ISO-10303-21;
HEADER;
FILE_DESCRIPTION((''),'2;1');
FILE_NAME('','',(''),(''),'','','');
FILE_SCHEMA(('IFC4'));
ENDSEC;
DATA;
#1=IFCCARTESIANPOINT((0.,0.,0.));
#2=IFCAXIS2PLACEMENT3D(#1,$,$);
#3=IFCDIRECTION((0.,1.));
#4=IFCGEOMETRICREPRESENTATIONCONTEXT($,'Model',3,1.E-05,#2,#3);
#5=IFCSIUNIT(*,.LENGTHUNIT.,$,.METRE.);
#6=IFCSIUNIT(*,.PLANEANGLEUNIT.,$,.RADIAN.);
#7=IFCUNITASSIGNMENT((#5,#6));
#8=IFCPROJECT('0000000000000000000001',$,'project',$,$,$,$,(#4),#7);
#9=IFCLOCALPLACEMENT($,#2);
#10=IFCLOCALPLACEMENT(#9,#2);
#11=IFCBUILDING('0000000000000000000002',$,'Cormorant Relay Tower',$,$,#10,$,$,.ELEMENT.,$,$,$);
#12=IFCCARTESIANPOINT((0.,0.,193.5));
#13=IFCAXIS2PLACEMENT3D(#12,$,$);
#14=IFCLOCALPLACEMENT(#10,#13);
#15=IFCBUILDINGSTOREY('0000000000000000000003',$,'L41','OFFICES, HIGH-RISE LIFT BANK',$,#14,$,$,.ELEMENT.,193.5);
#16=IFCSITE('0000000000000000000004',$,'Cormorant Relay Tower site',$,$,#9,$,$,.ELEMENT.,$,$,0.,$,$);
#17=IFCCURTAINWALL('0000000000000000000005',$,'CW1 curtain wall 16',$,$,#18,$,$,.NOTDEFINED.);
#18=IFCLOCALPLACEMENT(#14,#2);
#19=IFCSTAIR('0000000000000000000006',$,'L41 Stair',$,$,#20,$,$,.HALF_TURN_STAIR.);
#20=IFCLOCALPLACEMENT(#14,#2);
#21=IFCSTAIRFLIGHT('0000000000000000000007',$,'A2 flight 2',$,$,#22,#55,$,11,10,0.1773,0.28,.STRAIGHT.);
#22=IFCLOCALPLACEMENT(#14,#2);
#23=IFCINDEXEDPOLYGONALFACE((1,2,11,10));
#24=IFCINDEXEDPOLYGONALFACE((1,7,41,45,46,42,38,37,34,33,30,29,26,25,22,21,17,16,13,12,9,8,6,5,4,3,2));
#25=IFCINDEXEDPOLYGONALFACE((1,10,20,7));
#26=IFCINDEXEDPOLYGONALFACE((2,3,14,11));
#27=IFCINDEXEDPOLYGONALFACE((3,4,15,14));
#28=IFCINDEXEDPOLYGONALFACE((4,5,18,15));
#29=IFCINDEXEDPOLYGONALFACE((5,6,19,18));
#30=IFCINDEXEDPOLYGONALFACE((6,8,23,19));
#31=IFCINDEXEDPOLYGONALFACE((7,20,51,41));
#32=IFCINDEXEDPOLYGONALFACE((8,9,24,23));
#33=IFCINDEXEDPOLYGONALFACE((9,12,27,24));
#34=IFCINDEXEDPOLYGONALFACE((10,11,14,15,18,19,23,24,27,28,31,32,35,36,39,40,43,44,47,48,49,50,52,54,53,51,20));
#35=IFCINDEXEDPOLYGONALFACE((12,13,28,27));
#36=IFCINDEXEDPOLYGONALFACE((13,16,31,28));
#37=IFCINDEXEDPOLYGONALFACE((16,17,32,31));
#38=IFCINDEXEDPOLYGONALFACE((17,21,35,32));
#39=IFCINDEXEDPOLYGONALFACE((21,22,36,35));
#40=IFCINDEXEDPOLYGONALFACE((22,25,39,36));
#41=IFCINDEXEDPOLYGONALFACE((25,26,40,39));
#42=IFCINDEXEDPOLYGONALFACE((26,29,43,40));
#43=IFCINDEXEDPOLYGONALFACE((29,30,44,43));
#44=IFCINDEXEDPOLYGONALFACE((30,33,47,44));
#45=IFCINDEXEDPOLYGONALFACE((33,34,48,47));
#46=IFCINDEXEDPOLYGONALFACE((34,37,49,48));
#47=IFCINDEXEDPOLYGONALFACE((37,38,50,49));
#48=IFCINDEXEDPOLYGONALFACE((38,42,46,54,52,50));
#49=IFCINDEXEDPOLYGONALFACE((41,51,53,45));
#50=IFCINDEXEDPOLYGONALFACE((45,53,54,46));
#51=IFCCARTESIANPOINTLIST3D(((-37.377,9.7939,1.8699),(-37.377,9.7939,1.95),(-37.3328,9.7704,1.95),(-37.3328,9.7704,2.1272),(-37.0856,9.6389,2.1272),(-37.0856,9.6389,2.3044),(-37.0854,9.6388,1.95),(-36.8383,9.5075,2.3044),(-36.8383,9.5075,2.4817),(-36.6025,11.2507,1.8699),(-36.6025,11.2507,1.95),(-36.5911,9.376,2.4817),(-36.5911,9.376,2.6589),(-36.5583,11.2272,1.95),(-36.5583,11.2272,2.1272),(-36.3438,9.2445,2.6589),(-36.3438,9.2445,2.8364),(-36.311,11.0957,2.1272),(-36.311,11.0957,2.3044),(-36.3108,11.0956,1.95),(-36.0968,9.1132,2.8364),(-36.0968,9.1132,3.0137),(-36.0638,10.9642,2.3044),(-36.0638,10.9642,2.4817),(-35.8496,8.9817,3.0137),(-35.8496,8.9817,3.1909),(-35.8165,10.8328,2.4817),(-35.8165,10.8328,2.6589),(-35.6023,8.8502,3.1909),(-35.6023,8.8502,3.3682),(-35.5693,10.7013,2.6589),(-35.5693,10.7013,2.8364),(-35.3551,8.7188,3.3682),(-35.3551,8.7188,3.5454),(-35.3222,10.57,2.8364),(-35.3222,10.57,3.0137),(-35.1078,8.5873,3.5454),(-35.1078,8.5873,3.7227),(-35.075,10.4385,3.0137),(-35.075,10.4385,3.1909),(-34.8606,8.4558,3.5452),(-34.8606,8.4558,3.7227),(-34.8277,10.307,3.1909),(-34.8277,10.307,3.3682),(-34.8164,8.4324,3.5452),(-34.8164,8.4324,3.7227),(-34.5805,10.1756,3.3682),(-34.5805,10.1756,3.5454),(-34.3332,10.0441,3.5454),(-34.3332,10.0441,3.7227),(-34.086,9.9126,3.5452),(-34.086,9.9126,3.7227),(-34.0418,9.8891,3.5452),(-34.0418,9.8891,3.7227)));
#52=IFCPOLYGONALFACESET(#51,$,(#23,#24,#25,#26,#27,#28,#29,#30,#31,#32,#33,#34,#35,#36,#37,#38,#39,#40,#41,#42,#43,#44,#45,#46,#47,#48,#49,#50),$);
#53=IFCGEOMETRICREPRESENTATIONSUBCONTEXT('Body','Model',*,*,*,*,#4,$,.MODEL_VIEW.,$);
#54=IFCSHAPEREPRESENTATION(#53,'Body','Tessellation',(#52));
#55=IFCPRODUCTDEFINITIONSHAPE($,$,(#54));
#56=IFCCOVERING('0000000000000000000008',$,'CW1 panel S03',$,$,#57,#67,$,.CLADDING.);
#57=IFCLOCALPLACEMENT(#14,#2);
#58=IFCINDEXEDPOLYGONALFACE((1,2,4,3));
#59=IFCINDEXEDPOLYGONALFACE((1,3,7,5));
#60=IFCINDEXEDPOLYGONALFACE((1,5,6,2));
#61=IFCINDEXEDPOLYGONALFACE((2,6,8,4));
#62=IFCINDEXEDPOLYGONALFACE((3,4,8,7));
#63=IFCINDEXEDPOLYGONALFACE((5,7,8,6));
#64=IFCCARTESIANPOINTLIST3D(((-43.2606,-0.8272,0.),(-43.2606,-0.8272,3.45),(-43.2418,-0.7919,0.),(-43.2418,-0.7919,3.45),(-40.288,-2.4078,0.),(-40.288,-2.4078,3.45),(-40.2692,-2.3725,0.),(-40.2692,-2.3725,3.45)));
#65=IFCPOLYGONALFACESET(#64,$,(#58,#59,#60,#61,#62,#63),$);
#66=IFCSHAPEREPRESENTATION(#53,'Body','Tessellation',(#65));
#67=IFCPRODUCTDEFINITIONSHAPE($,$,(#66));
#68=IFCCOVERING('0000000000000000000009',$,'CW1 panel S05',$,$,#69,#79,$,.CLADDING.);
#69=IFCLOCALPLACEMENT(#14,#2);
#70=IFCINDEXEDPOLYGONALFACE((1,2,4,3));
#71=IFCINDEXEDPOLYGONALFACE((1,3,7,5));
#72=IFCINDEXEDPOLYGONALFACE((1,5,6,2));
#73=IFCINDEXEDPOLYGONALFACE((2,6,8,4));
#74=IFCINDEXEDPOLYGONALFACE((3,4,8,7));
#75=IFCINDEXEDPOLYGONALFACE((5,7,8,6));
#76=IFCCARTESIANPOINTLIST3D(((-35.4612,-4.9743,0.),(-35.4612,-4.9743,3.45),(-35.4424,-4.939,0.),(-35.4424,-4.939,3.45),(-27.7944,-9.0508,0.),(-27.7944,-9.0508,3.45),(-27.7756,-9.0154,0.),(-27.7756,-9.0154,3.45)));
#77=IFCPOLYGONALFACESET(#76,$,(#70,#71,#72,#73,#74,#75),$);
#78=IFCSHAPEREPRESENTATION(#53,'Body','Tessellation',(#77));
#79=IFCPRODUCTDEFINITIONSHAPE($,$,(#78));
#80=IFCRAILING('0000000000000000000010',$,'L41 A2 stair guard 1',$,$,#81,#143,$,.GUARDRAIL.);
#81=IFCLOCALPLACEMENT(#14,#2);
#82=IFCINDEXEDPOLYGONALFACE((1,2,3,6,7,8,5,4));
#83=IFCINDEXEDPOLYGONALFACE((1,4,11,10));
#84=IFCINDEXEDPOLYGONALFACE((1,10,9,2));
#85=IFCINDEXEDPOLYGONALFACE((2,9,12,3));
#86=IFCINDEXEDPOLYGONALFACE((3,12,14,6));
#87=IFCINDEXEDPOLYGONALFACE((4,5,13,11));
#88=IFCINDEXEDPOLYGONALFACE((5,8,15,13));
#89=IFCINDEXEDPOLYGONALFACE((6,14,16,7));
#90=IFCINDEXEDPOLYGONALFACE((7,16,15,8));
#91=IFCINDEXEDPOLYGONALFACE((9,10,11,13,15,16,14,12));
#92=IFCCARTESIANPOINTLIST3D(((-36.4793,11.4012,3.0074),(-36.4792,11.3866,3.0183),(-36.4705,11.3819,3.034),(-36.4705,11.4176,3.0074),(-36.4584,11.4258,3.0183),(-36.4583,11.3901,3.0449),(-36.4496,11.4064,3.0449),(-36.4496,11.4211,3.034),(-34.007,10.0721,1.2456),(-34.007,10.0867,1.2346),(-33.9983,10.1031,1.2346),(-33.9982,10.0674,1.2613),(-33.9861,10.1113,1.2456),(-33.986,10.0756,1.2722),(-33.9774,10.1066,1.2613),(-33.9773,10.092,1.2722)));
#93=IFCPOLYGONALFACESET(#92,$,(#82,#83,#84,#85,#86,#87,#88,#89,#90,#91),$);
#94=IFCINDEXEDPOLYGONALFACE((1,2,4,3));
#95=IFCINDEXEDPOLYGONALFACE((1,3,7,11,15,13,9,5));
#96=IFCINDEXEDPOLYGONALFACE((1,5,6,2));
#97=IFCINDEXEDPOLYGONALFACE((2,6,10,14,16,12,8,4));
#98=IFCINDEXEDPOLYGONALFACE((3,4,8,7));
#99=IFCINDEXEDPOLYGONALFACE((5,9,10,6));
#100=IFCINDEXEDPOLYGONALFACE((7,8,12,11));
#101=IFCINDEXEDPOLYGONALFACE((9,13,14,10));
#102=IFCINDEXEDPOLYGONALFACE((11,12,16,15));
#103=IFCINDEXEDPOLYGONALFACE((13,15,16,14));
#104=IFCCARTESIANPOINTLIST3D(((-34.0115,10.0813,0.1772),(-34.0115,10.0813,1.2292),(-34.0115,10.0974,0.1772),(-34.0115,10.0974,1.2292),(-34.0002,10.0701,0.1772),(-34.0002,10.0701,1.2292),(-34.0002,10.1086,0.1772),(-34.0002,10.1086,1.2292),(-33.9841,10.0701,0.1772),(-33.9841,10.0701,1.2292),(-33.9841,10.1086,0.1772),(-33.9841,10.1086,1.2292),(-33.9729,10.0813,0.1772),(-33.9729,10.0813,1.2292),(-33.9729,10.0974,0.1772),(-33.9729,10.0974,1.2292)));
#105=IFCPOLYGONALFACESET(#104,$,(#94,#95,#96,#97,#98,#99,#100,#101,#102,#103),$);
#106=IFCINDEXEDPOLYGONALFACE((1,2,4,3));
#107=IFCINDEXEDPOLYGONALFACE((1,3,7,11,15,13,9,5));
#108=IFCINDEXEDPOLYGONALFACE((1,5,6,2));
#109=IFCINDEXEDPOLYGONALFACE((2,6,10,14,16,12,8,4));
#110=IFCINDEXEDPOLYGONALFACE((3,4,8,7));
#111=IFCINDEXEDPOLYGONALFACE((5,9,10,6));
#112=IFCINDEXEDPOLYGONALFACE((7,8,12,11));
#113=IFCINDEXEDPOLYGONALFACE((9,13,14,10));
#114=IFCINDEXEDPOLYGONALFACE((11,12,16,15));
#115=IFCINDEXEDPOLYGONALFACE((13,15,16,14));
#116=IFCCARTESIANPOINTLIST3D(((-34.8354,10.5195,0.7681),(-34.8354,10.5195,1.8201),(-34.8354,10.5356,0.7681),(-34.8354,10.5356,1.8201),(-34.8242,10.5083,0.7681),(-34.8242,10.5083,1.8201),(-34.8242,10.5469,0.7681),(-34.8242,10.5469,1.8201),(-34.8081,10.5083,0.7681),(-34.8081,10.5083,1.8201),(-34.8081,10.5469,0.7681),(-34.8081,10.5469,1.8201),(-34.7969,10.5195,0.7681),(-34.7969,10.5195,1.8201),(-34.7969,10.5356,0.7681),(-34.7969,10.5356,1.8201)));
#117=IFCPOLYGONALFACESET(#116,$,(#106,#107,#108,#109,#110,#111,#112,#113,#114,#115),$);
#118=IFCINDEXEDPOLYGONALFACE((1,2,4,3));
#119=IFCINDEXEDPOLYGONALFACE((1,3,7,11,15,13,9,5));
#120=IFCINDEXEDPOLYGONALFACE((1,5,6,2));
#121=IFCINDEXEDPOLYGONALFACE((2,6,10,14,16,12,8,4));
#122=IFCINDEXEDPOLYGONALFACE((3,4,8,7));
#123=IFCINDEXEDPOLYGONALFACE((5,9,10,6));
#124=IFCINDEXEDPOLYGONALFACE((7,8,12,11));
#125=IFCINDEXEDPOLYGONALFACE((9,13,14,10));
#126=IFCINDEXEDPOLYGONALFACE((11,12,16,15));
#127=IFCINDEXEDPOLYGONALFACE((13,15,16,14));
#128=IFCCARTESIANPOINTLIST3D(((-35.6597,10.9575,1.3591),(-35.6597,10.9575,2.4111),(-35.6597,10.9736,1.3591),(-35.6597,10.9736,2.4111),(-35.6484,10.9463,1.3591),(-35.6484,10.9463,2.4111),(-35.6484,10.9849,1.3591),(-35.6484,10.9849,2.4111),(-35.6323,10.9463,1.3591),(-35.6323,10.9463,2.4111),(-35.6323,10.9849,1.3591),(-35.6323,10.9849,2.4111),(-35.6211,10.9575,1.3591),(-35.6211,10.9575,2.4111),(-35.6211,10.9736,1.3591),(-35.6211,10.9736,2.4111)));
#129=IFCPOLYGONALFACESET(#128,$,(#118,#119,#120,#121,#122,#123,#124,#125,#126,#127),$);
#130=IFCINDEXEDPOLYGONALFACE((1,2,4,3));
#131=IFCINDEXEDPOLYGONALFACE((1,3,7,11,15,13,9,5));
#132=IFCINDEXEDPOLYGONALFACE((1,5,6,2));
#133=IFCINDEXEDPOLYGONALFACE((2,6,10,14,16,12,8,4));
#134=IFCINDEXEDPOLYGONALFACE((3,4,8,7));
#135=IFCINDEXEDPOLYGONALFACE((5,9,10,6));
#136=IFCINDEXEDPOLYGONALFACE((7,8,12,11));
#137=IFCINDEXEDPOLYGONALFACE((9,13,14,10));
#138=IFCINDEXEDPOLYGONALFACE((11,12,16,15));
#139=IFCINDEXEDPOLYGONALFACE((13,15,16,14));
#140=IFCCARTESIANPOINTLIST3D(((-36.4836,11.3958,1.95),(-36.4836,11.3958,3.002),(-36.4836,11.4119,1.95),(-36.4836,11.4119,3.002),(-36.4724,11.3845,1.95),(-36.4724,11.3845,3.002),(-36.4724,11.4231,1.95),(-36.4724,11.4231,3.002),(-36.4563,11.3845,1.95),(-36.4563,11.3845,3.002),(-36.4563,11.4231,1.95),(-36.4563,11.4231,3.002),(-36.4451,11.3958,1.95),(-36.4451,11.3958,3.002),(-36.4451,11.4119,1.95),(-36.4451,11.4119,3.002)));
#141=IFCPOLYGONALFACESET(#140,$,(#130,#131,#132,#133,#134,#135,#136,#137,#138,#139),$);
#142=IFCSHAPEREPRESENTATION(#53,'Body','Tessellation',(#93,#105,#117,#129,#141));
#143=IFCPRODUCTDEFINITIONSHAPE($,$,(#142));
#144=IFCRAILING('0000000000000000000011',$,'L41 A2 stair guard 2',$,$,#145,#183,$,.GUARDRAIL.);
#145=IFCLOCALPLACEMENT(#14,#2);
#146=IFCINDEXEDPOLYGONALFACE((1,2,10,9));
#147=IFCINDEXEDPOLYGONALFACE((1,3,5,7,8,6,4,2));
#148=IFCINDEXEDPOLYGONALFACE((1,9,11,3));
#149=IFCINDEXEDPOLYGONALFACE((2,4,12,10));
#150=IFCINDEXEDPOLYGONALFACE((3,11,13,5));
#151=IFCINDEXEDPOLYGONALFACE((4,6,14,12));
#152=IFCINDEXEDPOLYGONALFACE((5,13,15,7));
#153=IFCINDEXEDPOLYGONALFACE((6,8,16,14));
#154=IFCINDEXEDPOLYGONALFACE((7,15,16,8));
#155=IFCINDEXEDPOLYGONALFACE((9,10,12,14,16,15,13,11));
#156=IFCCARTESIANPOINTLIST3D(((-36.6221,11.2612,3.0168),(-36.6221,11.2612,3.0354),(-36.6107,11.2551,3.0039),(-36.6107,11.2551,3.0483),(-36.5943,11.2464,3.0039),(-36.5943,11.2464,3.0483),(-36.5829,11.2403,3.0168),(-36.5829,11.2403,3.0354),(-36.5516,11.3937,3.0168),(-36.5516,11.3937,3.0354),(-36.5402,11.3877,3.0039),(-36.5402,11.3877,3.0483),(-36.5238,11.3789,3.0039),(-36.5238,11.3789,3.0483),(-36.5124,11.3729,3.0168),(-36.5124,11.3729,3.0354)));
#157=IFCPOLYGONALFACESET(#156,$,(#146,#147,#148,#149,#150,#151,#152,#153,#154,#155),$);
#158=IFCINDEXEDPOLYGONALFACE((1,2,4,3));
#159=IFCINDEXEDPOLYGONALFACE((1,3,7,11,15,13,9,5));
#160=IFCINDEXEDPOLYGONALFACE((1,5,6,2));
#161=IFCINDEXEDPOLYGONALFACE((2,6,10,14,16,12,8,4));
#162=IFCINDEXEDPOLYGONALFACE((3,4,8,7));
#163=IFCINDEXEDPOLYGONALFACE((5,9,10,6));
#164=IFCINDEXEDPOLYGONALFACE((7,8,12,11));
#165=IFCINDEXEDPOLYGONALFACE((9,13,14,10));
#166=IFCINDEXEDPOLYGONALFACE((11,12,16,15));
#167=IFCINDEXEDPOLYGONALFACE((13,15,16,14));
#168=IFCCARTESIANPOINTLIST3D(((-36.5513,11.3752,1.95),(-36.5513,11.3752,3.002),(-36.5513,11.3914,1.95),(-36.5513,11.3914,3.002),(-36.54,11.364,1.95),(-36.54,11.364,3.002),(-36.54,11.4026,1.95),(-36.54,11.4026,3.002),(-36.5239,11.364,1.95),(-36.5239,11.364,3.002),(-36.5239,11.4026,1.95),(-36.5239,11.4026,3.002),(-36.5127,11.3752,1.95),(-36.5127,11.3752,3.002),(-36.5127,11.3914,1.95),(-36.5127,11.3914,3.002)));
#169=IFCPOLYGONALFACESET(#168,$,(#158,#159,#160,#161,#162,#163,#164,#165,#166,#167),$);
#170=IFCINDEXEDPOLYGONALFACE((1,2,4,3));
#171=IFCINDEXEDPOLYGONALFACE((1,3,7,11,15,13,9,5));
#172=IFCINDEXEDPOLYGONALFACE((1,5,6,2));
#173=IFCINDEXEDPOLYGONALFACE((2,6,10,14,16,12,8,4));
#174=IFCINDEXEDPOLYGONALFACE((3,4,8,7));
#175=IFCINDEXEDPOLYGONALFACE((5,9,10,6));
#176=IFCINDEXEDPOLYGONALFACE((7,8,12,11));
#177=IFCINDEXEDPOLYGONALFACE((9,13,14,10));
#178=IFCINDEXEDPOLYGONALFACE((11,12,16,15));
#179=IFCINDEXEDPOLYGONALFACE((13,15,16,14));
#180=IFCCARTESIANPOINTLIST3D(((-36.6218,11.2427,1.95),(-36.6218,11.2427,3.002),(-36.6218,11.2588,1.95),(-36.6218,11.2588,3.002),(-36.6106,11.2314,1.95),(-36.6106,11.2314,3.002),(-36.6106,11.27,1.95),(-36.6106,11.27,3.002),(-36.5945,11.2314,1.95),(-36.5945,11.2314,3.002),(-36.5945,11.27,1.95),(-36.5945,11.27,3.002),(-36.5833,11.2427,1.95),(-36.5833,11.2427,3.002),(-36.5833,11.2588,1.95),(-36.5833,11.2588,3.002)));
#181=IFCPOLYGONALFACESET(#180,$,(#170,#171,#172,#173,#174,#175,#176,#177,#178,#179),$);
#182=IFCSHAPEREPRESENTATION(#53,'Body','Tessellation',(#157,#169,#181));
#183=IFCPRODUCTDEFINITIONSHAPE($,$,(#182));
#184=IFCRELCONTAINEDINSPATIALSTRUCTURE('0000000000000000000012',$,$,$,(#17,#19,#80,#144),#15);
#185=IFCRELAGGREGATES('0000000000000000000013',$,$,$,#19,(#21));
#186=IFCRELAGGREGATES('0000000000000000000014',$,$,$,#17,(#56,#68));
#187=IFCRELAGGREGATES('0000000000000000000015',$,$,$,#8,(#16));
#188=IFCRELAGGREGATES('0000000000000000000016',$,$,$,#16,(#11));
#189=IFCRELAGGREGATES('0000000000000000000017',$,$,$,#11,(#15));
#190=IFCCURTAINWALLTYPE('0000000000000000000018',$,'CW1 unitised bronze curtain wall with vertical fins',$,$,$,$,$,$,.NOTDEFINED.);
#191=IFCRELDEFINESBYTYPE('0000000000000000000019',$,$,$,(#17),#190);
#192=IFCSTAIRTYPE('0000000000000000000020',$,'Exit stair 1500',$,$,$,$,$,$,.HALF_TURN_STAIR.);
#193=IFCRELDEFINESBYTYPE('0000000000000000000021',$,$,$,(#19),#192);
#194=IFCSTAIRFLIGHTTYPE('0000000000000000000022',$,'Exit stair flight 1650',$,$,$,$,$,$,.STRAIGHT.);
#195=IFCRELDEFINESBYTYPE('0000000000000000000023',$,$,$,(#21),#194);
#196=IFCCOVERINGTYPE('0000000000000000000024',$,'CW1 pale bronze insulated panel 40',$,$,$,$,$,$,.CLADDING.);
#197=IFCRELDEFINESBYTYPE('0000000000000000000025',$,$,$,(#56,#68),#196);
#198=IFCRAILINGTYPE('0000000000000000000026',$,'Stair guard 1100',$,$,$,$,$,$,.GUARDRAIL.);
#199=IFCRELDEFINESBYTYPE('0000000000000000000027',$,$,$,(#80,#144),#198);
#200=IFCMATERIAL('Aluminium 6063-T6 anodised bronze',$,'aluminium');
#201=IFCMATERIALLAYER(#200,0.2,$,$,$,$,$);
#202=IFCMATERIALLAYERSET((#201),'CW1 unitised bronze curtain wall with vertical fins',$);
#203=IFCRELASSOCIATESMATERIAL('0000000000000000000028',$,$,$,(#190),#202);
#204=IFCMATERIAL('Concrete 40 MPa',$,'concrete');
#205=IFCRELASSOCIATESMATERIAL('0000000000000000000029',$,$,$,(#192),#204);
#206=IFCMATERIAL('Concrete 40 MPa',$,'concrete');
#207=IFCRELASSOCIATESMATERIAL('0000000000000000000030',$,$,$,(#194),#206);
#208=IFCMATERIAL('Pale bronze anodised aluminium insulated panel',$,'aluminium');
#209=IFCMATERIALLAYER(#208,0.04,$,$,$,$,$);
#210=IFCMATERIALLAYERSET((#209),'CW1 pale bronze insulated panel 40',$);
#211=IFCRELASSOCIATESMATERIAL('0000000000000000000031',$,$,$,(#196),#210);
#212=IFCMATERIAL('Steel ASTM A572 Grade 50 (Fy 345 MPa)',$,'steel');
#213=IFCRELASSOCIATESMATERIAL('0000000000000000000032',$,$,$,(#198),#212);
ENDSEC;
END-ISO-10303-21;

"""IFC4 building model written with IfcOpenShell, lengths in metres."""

from ifc_helpers import new_model, si_unit, direction, frame, origin, origin_2d, place, context, subcontext, project, spatial, polyline, rectangle, outline, extrude, material, layer, layer_set, type_object, element, aggregate, save


model = new_model("IFC4")

# Units and contexts
model_context = context("Model", 3, precision=1e-05, world=origin(), true_north=direction((0.0, 1.0)))
body_context = subcontext(model_context, "Body", "Model", "MODEL_VIEW")
ifc_project = project(units=[si_unit("LENGTHUNIT", "METRE"), si_unit("PLANEANGLEUNIT", "RADIAN")], contexts=[model_context])

# Site, building, storey
site_placement = place(None, origin())
site = spatial("IfcSite", under=ifc_project, at=site_placement, Name="Cormorant Relay Tower site", CompositionType="ELEMENT", RefElevation=0.0)
building_placement = place(site_placement, origin())
building = spatial("IfcBuilding", under=site, at=building_placement, Name="Cormorant Relay Tower", CompositionType="ELEMENT")
storey_placement = place(building_placement, frame((0.0, 0.0, 193.5)))
storey = spatial("IfcBuildingStorey", under=building, at=storey_placement, Name="L41", Description="OFFICES, HIGH-RISE LIFT BANK", CompositionType="ELEMENT", Elevation=193.5)

# Curtain wall
ifc_material_1 = material(Name="Aluminium 6063-T6 anodised bronze", Category="aluminium")
ifc_layer_1 = layer(ifc_material_1, 0.2)
ifc_layer_set_1 = layer_set([ifc_layer_1], Name="CW1 unitised bronze curtain wall with vertical fins")
curtain_wall_type = type_object("IfcCurtainWallType", Name="CW1 unitised bronze curtain wall with vertical fins", PredefinedType="NOTDEFINED", material=ifc_layer_set_1)
curtain_wall_placement = place(storey_placement, origin())
curtain_wall = element("IfcCurtainWall", 1, at=curtain_wall_placement, inside=storey, type_object=curtain_wall_type, Name="CW1 curtain wall 16", PredefinedType="NOTDEFINED")

# Stair, stair flight
ifc_material_2 = material(Name="Concrete 40 MPa", Category="concrete")
stair_type = type_object("IfcStairType", Name="Exit stair 1500", PredefinedType="HALF_TURN_STAIR", material=ifc_material_2)
stair_placement = place(storey_placement, origin())
stair = element("IfcStair", 2, at=stair_placement, inside=storey, type_object=stair_type, Name="L41 Stair", PredefinedType="HALF_TURN_STAIR")
ifc_material_3 = material(Name="Concrete 40 MPa", Category="concrete")
stair_flight_type = type_object("IfcStairFlightType", Name="Exit stair flight 1650", PredefinedType="STRAIGHT", material=ifc_material_3)
stair_flight_1_placement = place(storey_placement, frame((-36.9456, 10.4988, 1.95), z_axis=(0.0, 0.0, 1.0), x_axis=(0.882948, -0.469472, 0.0)))
stair_flight_1 = element("IfcStairFlight", 3, at=stair_flight_1_placement, type_object=stair_flight_type, Name="A2 flight 2", NumberOfRisers=11, NumberOfTreads=10, PredefinedType="STRAIGHT", RiserHeight=0.1773, TreadLength=0.28, context=body_context, shape_type="SweptSolid", body=[
    extrude(outline(polyline([(-0.05, -0.0801), (-0.05, 0.0), (0.0, 0.0), (0.0, 0.1772), (0.28, 0.1772), (0.28, 0.3545), (0.5601, 0.3545), (0.5601, 0.5317), (0.8401, 0.5317), (0.8401, 0.709), (1.1201, 0.709), (1.1201, 0.8865), (1.3999, 0.8865), (1.3999, 1.0637), (1.6799, 1.0637), (1.6799, 1.241), (1.96, 1.241), (1.96, 1.4182), (2.24, 1.4182), (2.24, 1.5955), (2.52, 1.5955), (2.52, 1.7727), (2.8, 1.7727), (2.8501, 1.7727), (2.8501, 1.5952), (2.8, 1.5952), (0.2803, 0.0), (-0.05, -0.0801)])), frame((0.0, 0.825, 0.0), z_axis=(0.0, -1.0, 0.0), x_axis=(1.0, 0.0, 0.0)), (0.0, 0.0, 1.0), 1.6499),
])
aggregate(stair, [stair_flight_1])

# Coverings
ifc_material_4 = material(Name="Pale bronze anodised aluminium insulated panel", Category="aluminium")
ifc_layer_2 = layer(ifc_material_4, 0.04)
ifc_layer_set_2 = layer_set([ifc_layer_2], Name="CW1 pale bronze insulated panel 40")
covering_type = type_object("IfcCoveringType", Name="CW1 pale bronze insulated panel 40", PredefinedType="CLADDING", material=ifc_layer_set_2)
covering_1_placement = place(storey_placement, frame((-41.7649, -1.5999, 0.0), z_axis=(0.0, 0.0, 1.0), x_axis=(0.882948, -0.469472, 0.0)))
covering_1 = element("IfcCovering", 4, at=covering_1_placement, type_object=covering_type, Name="CW1 panel S03", PredefinedType="CLADDING", context=body_context, shape_type="SweptSolid", body=[
    extrude(rectangle(XDim=3.3667, YDim=0.04, at=origin_2d()), origin(), (0.0, 0.0, 1.0), 3.45),
])
covering_2_placement = place(storey_placement, frame((-31.6184, -6.9949, 0.0), z_axis=(0.0, 0.0, 1.0), x_axis=(0.882948, -0.469472, 0.0)))
covering_2 = element("IfcCovering", 5, at=covering_2_placement, type_object=covering_type, Name="CW1 panel S05", PredefinedType="CLADDING", context=body_context, shape_type="SweptSolid", body=[
    extrude(rectangle(XDim=8.6831, YDim=0.04, at=origin_2d()), origin(), (0.0, 0.0, 1.0), 3.45),
])
aggregate(curtain_wall, [covering_1, covering_2])

# Railings
ifc_material_5 = material(Name="Steel ASTM A572 Grade 50 (Fy 345 MPa)", Category="steel")
railing_type_1 = type_object("IfcRailingType", Name="Stair guard 1100", PredefinedType="GUARDRAIL", material=ifc_material_5)
railing_1_placement = place(storey_placement, frame((-33.9922, 10.0894, 0.1772)))
element("IfcRailing", 6, at=railing_1_placement, inside=storey, type_object=railing_type_1, Name="L41 A2 stair guard 1", PredefinedType="GUARDRAIL", context=body_context, shape_type="SweptSolid", body=[
    extrude(outline(polyline([(0.0222, 0.0093), (0.0093, 0.0222), (-0.0093, 0.0222), (-0.0222, 0.0093), (-0.0222, -0.0093), (-0.0093, -0.0222), (0.0093, -0.0222), (0.0222, -0.0093), (0.0222, 0.0093)])), frame((0.0, 0.0, 1.0762), z_axis=(-0.746001, 0.396649, 0.534931), x_axis=(-0.469465, -0.882951, 0.0)), (0.0, 0.0, 1.0), 3.314),
    extrude(outline(polyline([(0.0193, 0.0081), (0.0081, 0.0193), (-0.0081, 0.0193), (-0.0193, 0.0081), (-0.0193, -0.0081), (-0.0081, -0.0193), (0.0081, -0.0193), (0.0193, -0.0081), (0.0193, 0.0081)])), origin(), (0.0, 0.0, 1.0), 1.052),
    extrude(outline(polyline([(0.0193, 0.0081), (0.0081, 0.0193), (-0.0081, 0.0193), (-0.0193, 0.0081), (-0.0193, -0.0081), (-0.0081, -0.0193), (0.0081, -0.0193), (0.0193, -0.0081), (0.0193, 0.0081)])), frame((-0.824, 0.4382, 0.5908)), (0.0, 0.0, 1.0), 1.052),
    extrude(outline(polyline([(0.0193, 0.0081), (0.0081, 0.0193), (-0.0081, 0.0193), (-0.0193, 0.0081), (-0.0193, -0.0081), (-0.0081, -0.0193), (0.0081, -0.0193), (0.0193, -0.0081), (0.0193, 0.0081)])), frame((-1.6482, 0.8762, 1.1819)), (0.0, 0.0, 1.0), 1.052),
    extrude(outline(polyline([(0.0193, 0.0081), (0.0081, 0.0193), (-0.0081, 0.0193), (-0.0193, 0.0081), (-0.0193, -0.0081), (-0.0081, -0.0193), (0.0081, -0.0193), (0.0193, -0.0081), (0.0193, 0.0081)])), frame((-2.4722, 1.3145, 1.7727)), (0.0, 0.0, 1.0), 1.052),
])
railing_2_placement = place(storey_placement, frame((-36.532, 11.3833, 1.95)))
element("IfcRailing", 7, at=railing_2_placement, inside=storey, type_object=railing_type_1, Name="L41 A2 stair guard 2", PredefinedType="GUARDRAIL", context=body_context, shape_type="SweptSolid", body=[
    extrude(outline(polyline([(0.0222, 0.0093), (0.0093, 0.0222), (-0.0093, 0.0222), (-0.0222, 0.0093), (-0.0222, -0.0093), (-0.0093, -0.0222), (0.0093, -0.0222), (0.0222, -0.0093), (0.0222, 0.0093)])), frame((0.0, 0.0, 1.0762), z_axis=(-0.469829, -0.882758, 0.0), x_axis=(0.882758, -0.469829, 0.0)), (0.0, 0.0, 1.0), 0.1501),
    extrude(outline(polyline([(0.0193, 0.0081), (0.0081, 0.0193), (-0.0081, 0.0193), (-0.0193, 0.0081), (-0.0193, -0.0081), (-0.0081, -0.0193), (0.0081, -0.0193), (0.0193, -0.0081), (0.0193, 0.0081)])), origin(), (0.0, 0.0, 1.0), 1.052),
    extrude(outline(polyline([(0.0193, 0.0081), (0.0081, 0.0193), (-0.0081, 0.0193), (-0.0193, 0.0081), (-0.0193, -0.0081), (-0.0081, -0.0193), (0.0081, -0.0193), (0.0193, -0.0081), (0.0193, 0.0081)])), frame((-0.0706, -0.1326, 0.0)), (0.0, 0.0, 1.0), 1.052),
])

save(model, "model.ifc")
